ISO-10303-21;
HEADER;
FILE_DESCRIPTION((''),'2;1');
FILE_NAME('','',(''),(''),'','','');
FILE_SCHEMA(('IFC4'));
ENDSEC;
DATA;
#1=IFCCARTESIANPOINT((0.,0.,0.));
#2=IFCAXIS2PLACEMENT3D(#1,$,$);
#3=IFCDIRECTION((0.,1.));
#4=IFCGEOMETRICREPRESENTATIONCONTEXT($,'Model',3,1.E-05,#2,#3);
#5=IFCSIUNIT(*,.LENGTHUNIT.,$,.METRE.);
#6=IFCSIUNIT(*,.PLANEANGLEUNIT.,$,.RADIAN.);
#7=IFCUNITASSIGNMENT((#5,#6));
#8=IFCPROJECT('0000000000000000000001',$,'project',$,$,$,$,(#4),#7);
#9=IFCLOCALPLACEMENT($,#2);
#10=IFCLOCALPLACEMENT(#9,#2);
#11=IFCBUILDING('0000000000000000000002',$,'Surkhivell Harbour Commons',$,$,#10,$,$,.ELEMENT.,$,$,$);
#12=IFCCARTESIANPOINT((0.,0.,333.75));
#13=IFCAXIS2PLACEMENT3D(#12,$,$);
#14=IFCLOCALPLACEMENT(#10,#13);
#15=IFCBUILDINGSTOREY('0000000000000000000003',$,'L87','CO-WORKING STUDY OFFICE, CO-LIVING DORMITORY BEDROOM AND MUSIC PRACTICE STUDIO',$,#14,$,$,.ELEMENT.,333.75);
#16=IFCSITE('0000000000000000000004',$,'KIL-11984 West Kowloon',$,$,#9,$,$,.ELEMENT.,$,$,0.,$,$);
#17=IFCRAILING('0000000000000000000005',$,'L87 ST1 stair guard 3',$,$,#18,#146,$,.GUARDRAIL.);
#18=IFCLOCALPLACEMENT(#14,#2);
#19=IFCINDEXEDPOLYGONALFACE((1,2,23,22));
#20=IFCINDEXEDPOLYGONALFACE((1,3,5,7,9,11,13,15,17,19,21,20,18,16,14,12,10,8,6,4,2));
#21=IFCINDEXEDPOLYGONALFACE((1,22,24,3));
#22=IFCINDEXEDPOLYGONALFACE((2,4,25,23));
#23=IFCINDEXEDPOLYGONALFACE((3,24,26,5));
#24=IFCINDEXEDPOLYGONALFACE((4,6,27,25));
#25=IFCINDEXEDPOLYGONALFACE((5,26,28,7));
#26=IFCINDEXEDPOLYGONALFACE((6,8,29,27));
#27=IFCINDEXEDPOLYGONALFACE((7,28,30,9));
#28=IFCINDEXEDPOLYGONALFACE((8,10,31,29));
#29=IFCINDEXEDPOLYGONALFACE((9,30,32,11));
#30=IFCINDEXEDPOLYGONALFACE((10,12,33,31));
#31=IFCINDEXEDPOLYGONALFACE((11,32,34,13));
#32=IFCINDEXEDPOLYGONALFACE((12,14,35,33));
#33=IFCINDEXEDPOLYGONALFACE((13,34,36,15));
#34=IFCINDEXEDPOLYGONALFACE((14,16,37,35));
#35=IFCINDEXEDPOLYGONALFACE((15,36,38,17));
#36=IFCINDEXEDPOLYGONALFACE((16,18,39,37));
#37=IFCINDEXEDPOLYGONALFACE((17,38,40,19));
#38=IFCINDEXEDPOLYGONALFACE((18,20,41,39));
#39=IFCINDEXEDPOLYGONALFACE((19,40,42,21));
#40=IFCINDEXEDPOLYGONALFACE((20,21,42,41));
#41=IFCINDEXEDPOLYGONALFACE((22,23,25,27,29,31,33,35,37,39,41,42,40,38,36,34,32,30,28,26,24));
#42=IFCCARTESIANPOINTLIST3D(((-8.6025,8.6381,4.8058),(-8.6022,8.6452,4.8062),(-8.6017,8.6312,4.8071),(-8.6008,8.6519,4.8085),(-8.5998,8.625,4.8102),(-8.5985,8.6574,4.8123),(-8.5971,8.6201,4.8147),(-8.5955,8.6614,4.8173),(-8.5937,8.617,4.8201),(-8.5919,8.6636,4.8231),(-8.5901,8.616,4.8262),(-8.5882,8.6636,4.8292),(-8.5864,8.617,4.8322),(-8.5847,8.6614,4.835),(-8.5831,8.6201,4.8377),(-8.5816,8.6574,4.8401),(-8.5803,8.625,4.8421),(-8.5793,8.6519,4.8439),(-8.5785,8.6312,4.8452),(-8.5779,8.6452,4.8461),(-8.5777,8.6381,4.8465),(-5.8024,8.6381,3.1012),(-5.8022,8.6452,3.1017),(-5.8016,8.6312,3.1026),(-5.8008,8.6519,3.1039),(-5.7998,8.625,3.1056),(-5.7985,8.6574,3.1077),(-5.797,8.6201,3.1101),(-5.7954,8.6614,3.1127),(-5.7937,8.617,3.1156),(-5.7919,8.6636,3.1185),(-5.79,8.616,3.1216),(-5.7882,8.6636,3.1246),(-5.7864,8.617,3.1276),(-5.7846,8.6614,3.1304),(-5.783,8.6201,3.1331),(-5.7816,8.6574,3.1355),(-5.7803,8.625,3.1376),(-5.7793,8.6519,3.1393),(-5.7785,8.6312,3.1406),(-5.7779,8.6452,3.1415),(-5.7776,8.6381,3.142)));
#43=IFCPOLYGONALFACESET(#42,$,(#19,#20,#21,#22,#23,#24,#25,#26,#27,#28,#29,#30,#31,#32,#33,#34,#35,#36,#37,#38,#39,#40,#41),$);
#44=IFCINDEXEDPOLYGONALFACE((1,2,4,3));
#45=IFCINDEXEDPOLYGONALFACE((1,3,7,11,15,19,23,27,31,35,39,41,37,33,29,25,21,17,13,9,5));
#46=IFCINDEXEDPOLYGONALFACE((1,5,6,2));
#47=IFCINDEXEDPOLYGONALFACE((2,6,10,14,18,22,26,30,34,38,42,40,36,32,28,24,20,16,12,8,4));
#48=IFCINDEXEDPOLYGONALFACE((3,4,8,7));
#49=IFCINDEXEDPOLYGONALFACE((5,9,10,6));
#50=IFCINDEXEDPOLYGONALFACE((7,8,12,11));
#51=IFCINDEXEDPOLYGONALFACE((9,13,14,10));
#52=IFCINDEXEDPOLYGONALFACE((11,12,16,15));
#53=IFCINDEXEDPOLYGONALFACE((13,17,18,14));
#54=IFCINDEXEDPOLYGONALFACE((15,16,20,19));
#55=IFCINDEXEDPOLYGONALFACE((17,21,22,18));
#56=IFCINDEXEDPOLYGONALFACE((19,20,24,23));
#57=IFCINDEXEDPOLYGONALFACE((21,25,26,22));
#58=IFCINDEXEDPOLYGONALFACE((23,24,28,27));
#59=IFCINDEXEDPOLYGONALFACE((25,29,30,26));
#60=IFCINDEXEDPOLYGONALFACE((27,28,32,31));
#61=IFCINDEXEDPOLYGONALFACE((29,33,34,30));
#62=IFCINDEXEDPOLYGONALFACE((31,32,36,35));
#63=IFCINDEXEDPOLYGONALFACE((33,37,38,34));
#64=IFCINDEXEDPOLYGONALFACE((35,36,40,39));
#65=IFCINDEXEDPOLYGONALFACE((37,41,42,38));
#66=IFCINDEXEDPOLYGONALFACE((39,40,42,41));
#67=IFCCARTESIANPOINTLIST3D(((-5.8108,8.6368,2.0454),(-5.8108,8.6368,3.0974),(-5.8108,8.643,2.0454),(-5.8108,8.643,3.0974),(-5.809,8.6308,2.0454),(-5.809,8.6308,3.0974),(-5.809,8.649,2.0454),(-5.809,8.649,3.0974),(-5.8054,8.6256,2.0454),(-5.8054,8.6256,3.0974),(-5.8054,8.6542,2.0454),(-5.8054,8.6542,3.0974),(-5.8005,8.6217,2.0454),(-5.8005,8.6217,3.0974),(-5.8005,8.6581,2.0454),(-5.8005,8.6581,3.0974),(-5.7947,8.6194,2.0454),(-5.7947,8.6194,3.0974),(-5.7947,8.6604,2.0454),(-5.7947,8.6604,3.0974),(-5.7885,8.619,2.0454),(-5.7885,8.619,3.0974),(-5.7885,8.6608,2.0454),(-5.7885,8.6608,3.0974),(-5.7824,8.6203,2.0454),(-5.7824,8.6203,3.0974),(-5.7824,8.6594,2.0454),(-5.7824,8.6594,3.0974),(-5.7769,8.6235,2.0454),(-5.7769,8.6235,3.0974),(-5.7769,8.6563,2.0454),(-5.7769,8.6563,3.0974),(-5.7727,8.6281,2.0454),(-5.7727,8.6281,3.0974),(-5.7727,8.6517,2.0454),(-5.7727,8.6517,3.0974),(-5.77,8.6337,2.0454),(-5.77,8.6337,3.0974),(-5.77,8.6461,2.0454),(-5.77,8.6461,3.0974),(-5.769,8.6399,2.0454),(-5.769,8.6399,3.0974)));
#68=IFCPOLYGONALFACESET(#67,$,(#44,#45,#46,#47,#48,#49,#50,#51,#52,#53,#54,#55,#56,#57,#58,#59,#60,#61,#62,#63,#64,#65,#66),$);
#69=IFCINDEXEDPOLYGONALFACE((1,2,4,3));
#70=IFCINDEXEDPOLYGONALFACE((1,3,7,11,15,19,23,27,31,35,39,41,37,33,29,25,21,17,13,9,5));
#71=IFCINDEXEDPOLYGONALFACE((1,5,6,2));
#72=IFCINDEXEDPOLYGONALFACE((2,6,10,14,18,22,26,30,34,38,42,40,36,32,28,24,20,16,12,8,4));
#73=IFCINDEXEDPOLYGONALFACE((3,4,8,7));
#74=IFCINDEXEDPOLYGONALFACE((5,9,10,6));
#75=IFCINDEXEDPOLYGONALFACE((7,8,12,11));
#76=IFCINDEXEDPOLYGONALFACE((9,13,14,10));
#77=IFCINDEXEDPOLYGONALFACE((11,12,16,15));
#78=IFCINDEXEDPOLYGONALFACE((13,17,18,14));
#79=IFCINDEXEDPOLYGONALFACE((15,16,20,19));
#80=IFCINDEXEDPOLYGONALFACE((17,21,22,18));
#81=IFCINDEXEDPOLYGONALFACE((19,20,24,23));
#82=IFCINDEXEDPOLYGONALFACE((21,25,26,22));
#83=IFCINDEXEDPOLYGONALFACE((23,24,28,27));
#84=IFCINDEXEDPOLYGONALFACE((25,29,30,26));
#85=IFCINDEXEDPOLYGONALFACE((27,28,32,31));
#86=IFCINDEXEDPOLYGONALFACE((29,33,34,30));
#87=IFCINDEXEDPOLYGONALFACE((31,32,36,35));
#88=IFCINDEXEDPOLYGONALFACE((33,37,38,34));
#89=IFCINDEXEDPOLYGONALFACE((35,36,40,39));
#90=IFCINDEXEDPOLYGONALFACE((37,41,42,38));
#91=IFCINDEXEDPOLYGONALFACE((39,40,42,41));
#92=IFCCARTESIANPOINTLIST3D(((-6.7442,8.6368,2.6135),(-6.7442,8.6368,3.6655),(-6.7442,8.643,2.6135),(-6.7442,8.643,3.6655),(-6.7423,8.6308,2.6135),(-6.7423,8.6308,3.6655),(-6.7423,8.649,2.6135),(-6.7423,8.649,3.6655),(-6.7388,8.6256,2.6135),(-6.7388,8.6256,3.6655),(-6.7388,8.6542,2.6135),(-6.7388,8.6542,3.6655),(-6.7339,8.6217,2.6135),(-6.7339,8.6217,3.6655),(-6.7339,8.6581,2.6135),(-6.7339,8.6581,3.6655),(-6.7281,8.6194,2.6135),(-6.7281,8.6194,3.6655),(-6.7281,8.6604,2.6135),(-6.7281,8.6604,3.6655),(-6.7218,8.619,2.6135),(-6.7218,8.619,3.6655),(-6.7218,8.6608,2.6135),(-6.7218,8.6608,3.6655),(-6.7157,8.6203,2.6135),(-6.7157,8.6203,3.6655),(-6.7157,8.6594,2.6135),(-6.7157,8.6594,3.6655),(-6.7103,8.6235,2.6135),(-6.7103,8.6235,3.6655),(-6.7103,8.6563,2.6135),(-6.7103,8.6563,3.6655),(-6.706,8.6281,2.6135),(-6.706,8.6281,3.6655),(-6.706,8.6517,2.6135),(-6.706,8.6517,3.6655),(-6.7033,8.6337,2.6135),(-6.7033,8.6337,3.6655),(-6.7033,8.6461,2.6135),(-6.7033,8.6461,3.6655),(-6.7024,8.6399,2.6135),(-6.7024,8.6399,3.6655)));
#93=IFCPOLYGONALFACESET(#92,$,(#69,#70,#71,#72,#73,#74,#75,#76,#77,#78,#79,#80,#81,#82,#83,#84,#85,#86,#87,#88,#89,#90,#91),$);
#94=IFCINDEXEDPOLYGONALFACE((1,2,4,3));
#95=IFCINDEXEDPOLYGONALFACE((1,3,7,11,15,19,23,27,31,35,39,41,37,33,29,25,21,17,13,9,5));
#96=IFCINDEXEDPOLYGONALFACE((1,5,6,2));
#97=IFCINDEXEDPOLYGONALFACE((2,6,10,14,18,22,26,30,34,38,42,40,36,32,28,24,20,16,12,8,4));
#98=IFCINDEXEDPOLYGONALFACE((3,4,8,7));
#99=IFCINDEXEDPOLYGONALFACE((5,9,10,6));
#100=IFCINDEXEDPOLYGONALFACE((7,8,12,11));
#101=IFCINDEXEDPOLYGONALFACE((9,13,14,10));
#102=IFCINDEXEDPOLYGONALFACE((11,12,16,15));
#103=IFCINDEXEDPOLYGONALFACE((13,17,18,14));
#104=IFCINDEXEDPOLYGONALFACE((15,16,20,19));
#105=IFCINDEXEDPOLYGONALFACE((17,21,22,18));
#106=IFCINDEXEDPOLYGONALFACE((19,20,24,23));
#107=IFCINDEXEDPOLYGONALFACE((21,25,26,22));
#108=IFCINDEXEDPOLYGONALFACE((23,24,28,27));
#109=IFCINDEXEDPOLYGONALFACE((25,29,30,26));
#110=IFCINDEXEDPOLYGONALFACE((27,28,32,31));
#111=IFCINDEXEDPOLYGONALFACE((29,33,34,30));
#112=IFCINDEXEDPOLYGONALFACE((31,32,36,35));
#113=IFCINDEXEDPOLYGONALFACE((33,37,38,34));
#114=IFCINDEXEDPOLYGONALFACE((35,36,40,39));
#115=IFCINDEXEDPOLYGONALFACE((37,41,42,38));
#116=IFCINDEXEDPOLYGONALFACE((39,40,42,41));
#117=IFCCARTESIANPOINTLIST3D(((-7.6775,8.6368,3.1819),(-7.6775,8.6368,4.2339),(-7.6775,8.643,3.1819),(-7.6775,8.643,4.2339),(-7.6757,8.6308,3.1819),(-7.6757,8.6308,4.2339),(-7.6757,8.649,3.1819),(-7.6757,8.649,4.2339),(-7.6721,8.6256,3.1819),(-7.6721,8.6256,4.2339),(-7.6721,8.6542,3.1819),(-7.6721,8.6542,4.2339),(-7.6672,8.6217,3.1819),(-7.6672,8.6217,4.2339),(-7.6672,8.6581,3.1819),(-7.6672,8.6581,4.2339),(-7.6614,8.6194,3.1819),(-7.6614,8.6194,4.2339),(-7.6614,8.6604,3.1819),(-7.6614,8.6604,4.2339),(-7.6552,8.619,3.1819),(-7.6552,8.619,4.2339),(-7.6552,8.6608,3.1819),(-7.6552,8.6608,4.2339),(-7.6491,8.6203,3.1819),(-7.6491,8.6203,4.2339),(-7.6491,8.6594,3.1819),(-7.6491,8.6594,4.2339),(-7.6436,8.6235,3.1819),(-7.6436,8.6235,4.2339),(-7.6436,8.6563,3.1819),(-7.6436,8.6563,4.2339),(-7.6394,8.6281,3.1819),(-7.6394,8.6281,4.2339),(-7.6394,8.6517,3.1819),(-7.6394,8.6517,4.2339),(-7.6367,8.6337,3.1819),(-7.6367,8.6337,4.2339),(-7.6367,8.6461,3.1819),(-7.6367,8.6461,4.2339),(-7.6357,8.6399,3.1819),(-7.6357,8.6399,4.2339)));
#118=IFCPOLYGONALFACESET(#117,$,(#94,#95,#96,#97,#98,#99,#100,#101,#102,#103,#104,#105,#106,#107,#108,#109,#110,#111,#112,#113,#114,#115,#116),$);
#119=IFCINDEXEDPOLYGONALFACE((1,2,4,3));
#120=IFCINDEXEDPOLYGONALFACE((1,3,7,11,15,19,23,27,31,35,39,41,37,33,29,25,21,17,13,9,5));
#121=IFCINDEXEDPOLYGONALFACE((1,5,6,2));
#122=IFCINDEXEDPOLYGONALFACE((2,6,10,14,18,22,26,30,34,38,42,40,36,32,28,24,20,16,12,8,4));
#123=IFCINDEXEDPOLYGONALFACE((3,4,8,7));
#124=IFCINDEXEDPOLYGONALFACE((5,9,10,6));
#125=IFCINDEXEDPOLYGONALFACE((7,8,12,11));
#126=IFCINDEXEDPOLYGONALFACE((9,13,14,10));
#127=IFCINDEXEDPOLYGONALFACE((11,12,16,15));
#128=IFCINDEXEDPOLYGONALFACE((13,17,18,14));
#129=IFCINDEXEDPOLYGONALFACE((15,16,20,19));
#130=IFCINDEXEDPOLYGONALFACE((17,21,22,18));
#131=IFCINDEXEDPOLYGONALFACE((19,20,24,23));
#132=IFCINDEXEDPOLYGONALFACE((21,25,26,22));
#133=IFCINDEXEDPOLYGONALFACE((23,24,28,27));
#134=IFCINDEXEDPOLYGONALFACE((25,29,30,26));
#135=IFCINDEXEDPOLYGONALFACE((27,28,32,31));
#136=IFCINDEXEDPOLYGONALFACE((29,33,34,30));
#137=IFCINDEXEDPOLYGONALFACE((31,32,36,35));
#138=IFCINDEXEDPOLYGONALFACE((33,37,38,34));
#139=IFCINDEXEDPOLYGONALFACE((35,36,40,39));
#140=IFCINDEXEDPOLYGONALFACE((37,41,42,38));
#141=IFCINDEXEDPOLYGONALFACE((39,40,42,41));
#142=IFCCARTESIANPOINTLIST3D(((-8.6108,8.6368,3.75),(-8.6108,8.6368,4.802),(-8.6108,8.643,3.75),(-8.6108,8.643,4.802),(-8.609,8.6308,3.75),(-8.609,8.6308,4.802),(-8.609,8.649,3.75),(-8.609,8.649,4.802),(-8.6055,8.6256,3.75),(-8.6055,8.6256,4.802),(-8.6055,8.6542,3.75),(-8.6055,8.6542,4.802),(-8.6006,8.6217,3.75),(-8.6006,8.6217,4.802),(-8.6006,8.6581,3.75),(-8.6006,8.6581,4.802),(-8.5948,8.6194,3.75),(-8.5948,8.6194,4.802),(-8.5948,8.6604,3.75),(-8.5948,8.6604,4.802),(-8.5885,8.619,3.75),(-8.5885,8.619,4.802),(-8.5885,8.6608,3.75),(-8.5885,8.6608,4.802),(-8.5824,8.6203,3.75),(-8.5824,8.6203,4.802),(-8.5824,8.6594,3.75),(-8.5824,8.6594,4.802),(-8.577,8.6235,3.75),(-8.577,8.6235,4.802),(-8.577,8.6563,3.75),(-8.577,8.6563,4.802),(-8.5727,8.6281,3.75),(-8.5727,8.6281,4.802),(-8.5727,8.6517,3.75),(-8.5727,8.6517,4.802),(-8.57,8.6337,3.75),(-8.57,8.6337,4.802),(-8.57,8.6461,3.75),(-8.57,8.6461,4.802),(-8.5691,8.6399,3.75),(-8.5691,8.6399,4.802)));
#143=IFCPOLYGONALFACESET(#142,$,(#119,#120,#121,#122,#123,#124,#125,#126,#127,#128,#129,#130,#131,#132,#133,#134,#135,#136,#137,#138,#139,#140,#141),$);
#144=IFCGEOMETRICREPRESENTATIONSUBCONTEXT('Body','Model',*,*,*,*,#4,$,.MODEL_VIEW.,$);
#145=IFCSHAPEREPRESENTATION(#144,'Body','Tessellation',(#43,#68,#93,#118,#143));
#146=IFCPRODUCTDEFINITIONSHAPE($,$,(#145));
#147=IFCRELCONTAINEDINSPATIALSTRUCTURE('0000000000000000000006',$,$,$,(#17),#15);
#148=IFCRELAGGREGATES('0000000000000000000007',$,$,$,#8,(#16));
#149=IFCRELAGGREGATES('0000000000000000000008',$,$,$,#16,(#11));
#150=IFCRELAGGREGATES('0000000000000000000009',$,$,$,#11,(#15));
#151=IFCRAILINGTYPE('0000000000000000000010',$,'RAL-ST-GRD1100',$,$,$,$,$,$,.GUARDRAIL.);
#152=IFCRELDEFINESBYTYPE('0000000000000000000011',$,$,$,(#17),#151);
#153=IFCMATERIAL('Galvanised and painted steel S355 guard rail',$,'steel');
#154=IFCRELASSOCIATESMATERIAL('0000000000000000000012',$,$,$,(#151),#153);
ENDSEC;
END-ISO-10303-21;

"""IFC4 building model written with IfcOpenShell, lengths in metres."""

from ifc_helpers import new_model, si_unit, direction, frame, origin, origin_2d, place, context, subcontext, project, spatial, circle, extrude, material, type_object, element, save


model = new_model("IFC4")

# Units and contexts
model_context = context("Model", 3, precision=1e-05, world=origin(), true_north=direction((0.0, 1.0)))
body_context = subcontext(model_context, "Body", "Model", "MODEL_VIEW")
ifc_project = project(units=[si_unit("LENGTHUNIT", "METRE"), si_unit("PLANEANGLEUNIT", "RADIAN")], contexts=[model_context])

# Site, building, storey
site_placement = place(None, origin())
site = spatial("IfcSite", under=ifc_project, at=site_placement, Name="KIL-11984 West Kowloon", CompositionType="ELEMENT", RefElevation=0.0)
building_placement = place(site_placement, origin())
building = spatial("IfcBuilding", under=site, at=building_placement, Name="Surkhivell Harbour Commons", CompositionType="ELEMENT")
storey_placement = place(building_placement, frame((0.0, 0.0, 333.75)))
storey = spatial("IfcBuildingStorey", under=building, at=storey_placement, Name="L87", Description="CO-WORKING STUDY OFFICE, CO-LIVING DORMITORY BEDROOM AND MUSIC PRACTICE STUDIO", CompositionType="ELEMENT", Elevation=333.75)

# Railing
ifc_material_1 = material(Name="Galvanised and painted steel S355 guard rail", Category="steel")
railing_type_1 = type_object("IfcRailingType", Name="RAL-ST-GRD1100", PredefinedType="GUARDRAIL", material=ifc_material_1)
railing_1_placement = place(storey_placement, frame((-5.79, 8.6399, 2.0454)))
element("IfcRailing", 1, at=railing_1_placement, inside=storey, type_object=railing_type_1, Name="L87 ST1 stair guard 3", PredefinedType="GUARDRAIL", context=body_context, shape_type="SweptSolid", body=[
    extrude(circle(Radius=0.0239, at=origin_2d()), frame((0.0, 0.0, 1.0762), z_axis=(-0.85417, 0.0, 0.519994), x_axis=(0.0, -1.0, 0.0)), (0.0, 0.0, 1.0), 3.2781),
    extrude(circle(Radius=0.021, at=origin_2d()), origin(), (0.0, 0.0, 1.0), 1.052),
    extrude(circle(Radius=0.021, at=origin_2d()), frame((-0.9333, 0.0, 0.5681)), (0.0, 0.0, 1.0), 1.052),
    extrude(circle(Radius=0.021, at=origin_2d()), frame((-1.8667, 0.0, 1.1365)), (0.0, 0.0, 1.0), 1.052),
    extrude(circle(Radius=0.021, at=origin_2d()), frame((-2.8, 0.0, 1.7046)), (0.0, 0.0, 1.0), 1.052),
])

save(model, "model.ifc")
